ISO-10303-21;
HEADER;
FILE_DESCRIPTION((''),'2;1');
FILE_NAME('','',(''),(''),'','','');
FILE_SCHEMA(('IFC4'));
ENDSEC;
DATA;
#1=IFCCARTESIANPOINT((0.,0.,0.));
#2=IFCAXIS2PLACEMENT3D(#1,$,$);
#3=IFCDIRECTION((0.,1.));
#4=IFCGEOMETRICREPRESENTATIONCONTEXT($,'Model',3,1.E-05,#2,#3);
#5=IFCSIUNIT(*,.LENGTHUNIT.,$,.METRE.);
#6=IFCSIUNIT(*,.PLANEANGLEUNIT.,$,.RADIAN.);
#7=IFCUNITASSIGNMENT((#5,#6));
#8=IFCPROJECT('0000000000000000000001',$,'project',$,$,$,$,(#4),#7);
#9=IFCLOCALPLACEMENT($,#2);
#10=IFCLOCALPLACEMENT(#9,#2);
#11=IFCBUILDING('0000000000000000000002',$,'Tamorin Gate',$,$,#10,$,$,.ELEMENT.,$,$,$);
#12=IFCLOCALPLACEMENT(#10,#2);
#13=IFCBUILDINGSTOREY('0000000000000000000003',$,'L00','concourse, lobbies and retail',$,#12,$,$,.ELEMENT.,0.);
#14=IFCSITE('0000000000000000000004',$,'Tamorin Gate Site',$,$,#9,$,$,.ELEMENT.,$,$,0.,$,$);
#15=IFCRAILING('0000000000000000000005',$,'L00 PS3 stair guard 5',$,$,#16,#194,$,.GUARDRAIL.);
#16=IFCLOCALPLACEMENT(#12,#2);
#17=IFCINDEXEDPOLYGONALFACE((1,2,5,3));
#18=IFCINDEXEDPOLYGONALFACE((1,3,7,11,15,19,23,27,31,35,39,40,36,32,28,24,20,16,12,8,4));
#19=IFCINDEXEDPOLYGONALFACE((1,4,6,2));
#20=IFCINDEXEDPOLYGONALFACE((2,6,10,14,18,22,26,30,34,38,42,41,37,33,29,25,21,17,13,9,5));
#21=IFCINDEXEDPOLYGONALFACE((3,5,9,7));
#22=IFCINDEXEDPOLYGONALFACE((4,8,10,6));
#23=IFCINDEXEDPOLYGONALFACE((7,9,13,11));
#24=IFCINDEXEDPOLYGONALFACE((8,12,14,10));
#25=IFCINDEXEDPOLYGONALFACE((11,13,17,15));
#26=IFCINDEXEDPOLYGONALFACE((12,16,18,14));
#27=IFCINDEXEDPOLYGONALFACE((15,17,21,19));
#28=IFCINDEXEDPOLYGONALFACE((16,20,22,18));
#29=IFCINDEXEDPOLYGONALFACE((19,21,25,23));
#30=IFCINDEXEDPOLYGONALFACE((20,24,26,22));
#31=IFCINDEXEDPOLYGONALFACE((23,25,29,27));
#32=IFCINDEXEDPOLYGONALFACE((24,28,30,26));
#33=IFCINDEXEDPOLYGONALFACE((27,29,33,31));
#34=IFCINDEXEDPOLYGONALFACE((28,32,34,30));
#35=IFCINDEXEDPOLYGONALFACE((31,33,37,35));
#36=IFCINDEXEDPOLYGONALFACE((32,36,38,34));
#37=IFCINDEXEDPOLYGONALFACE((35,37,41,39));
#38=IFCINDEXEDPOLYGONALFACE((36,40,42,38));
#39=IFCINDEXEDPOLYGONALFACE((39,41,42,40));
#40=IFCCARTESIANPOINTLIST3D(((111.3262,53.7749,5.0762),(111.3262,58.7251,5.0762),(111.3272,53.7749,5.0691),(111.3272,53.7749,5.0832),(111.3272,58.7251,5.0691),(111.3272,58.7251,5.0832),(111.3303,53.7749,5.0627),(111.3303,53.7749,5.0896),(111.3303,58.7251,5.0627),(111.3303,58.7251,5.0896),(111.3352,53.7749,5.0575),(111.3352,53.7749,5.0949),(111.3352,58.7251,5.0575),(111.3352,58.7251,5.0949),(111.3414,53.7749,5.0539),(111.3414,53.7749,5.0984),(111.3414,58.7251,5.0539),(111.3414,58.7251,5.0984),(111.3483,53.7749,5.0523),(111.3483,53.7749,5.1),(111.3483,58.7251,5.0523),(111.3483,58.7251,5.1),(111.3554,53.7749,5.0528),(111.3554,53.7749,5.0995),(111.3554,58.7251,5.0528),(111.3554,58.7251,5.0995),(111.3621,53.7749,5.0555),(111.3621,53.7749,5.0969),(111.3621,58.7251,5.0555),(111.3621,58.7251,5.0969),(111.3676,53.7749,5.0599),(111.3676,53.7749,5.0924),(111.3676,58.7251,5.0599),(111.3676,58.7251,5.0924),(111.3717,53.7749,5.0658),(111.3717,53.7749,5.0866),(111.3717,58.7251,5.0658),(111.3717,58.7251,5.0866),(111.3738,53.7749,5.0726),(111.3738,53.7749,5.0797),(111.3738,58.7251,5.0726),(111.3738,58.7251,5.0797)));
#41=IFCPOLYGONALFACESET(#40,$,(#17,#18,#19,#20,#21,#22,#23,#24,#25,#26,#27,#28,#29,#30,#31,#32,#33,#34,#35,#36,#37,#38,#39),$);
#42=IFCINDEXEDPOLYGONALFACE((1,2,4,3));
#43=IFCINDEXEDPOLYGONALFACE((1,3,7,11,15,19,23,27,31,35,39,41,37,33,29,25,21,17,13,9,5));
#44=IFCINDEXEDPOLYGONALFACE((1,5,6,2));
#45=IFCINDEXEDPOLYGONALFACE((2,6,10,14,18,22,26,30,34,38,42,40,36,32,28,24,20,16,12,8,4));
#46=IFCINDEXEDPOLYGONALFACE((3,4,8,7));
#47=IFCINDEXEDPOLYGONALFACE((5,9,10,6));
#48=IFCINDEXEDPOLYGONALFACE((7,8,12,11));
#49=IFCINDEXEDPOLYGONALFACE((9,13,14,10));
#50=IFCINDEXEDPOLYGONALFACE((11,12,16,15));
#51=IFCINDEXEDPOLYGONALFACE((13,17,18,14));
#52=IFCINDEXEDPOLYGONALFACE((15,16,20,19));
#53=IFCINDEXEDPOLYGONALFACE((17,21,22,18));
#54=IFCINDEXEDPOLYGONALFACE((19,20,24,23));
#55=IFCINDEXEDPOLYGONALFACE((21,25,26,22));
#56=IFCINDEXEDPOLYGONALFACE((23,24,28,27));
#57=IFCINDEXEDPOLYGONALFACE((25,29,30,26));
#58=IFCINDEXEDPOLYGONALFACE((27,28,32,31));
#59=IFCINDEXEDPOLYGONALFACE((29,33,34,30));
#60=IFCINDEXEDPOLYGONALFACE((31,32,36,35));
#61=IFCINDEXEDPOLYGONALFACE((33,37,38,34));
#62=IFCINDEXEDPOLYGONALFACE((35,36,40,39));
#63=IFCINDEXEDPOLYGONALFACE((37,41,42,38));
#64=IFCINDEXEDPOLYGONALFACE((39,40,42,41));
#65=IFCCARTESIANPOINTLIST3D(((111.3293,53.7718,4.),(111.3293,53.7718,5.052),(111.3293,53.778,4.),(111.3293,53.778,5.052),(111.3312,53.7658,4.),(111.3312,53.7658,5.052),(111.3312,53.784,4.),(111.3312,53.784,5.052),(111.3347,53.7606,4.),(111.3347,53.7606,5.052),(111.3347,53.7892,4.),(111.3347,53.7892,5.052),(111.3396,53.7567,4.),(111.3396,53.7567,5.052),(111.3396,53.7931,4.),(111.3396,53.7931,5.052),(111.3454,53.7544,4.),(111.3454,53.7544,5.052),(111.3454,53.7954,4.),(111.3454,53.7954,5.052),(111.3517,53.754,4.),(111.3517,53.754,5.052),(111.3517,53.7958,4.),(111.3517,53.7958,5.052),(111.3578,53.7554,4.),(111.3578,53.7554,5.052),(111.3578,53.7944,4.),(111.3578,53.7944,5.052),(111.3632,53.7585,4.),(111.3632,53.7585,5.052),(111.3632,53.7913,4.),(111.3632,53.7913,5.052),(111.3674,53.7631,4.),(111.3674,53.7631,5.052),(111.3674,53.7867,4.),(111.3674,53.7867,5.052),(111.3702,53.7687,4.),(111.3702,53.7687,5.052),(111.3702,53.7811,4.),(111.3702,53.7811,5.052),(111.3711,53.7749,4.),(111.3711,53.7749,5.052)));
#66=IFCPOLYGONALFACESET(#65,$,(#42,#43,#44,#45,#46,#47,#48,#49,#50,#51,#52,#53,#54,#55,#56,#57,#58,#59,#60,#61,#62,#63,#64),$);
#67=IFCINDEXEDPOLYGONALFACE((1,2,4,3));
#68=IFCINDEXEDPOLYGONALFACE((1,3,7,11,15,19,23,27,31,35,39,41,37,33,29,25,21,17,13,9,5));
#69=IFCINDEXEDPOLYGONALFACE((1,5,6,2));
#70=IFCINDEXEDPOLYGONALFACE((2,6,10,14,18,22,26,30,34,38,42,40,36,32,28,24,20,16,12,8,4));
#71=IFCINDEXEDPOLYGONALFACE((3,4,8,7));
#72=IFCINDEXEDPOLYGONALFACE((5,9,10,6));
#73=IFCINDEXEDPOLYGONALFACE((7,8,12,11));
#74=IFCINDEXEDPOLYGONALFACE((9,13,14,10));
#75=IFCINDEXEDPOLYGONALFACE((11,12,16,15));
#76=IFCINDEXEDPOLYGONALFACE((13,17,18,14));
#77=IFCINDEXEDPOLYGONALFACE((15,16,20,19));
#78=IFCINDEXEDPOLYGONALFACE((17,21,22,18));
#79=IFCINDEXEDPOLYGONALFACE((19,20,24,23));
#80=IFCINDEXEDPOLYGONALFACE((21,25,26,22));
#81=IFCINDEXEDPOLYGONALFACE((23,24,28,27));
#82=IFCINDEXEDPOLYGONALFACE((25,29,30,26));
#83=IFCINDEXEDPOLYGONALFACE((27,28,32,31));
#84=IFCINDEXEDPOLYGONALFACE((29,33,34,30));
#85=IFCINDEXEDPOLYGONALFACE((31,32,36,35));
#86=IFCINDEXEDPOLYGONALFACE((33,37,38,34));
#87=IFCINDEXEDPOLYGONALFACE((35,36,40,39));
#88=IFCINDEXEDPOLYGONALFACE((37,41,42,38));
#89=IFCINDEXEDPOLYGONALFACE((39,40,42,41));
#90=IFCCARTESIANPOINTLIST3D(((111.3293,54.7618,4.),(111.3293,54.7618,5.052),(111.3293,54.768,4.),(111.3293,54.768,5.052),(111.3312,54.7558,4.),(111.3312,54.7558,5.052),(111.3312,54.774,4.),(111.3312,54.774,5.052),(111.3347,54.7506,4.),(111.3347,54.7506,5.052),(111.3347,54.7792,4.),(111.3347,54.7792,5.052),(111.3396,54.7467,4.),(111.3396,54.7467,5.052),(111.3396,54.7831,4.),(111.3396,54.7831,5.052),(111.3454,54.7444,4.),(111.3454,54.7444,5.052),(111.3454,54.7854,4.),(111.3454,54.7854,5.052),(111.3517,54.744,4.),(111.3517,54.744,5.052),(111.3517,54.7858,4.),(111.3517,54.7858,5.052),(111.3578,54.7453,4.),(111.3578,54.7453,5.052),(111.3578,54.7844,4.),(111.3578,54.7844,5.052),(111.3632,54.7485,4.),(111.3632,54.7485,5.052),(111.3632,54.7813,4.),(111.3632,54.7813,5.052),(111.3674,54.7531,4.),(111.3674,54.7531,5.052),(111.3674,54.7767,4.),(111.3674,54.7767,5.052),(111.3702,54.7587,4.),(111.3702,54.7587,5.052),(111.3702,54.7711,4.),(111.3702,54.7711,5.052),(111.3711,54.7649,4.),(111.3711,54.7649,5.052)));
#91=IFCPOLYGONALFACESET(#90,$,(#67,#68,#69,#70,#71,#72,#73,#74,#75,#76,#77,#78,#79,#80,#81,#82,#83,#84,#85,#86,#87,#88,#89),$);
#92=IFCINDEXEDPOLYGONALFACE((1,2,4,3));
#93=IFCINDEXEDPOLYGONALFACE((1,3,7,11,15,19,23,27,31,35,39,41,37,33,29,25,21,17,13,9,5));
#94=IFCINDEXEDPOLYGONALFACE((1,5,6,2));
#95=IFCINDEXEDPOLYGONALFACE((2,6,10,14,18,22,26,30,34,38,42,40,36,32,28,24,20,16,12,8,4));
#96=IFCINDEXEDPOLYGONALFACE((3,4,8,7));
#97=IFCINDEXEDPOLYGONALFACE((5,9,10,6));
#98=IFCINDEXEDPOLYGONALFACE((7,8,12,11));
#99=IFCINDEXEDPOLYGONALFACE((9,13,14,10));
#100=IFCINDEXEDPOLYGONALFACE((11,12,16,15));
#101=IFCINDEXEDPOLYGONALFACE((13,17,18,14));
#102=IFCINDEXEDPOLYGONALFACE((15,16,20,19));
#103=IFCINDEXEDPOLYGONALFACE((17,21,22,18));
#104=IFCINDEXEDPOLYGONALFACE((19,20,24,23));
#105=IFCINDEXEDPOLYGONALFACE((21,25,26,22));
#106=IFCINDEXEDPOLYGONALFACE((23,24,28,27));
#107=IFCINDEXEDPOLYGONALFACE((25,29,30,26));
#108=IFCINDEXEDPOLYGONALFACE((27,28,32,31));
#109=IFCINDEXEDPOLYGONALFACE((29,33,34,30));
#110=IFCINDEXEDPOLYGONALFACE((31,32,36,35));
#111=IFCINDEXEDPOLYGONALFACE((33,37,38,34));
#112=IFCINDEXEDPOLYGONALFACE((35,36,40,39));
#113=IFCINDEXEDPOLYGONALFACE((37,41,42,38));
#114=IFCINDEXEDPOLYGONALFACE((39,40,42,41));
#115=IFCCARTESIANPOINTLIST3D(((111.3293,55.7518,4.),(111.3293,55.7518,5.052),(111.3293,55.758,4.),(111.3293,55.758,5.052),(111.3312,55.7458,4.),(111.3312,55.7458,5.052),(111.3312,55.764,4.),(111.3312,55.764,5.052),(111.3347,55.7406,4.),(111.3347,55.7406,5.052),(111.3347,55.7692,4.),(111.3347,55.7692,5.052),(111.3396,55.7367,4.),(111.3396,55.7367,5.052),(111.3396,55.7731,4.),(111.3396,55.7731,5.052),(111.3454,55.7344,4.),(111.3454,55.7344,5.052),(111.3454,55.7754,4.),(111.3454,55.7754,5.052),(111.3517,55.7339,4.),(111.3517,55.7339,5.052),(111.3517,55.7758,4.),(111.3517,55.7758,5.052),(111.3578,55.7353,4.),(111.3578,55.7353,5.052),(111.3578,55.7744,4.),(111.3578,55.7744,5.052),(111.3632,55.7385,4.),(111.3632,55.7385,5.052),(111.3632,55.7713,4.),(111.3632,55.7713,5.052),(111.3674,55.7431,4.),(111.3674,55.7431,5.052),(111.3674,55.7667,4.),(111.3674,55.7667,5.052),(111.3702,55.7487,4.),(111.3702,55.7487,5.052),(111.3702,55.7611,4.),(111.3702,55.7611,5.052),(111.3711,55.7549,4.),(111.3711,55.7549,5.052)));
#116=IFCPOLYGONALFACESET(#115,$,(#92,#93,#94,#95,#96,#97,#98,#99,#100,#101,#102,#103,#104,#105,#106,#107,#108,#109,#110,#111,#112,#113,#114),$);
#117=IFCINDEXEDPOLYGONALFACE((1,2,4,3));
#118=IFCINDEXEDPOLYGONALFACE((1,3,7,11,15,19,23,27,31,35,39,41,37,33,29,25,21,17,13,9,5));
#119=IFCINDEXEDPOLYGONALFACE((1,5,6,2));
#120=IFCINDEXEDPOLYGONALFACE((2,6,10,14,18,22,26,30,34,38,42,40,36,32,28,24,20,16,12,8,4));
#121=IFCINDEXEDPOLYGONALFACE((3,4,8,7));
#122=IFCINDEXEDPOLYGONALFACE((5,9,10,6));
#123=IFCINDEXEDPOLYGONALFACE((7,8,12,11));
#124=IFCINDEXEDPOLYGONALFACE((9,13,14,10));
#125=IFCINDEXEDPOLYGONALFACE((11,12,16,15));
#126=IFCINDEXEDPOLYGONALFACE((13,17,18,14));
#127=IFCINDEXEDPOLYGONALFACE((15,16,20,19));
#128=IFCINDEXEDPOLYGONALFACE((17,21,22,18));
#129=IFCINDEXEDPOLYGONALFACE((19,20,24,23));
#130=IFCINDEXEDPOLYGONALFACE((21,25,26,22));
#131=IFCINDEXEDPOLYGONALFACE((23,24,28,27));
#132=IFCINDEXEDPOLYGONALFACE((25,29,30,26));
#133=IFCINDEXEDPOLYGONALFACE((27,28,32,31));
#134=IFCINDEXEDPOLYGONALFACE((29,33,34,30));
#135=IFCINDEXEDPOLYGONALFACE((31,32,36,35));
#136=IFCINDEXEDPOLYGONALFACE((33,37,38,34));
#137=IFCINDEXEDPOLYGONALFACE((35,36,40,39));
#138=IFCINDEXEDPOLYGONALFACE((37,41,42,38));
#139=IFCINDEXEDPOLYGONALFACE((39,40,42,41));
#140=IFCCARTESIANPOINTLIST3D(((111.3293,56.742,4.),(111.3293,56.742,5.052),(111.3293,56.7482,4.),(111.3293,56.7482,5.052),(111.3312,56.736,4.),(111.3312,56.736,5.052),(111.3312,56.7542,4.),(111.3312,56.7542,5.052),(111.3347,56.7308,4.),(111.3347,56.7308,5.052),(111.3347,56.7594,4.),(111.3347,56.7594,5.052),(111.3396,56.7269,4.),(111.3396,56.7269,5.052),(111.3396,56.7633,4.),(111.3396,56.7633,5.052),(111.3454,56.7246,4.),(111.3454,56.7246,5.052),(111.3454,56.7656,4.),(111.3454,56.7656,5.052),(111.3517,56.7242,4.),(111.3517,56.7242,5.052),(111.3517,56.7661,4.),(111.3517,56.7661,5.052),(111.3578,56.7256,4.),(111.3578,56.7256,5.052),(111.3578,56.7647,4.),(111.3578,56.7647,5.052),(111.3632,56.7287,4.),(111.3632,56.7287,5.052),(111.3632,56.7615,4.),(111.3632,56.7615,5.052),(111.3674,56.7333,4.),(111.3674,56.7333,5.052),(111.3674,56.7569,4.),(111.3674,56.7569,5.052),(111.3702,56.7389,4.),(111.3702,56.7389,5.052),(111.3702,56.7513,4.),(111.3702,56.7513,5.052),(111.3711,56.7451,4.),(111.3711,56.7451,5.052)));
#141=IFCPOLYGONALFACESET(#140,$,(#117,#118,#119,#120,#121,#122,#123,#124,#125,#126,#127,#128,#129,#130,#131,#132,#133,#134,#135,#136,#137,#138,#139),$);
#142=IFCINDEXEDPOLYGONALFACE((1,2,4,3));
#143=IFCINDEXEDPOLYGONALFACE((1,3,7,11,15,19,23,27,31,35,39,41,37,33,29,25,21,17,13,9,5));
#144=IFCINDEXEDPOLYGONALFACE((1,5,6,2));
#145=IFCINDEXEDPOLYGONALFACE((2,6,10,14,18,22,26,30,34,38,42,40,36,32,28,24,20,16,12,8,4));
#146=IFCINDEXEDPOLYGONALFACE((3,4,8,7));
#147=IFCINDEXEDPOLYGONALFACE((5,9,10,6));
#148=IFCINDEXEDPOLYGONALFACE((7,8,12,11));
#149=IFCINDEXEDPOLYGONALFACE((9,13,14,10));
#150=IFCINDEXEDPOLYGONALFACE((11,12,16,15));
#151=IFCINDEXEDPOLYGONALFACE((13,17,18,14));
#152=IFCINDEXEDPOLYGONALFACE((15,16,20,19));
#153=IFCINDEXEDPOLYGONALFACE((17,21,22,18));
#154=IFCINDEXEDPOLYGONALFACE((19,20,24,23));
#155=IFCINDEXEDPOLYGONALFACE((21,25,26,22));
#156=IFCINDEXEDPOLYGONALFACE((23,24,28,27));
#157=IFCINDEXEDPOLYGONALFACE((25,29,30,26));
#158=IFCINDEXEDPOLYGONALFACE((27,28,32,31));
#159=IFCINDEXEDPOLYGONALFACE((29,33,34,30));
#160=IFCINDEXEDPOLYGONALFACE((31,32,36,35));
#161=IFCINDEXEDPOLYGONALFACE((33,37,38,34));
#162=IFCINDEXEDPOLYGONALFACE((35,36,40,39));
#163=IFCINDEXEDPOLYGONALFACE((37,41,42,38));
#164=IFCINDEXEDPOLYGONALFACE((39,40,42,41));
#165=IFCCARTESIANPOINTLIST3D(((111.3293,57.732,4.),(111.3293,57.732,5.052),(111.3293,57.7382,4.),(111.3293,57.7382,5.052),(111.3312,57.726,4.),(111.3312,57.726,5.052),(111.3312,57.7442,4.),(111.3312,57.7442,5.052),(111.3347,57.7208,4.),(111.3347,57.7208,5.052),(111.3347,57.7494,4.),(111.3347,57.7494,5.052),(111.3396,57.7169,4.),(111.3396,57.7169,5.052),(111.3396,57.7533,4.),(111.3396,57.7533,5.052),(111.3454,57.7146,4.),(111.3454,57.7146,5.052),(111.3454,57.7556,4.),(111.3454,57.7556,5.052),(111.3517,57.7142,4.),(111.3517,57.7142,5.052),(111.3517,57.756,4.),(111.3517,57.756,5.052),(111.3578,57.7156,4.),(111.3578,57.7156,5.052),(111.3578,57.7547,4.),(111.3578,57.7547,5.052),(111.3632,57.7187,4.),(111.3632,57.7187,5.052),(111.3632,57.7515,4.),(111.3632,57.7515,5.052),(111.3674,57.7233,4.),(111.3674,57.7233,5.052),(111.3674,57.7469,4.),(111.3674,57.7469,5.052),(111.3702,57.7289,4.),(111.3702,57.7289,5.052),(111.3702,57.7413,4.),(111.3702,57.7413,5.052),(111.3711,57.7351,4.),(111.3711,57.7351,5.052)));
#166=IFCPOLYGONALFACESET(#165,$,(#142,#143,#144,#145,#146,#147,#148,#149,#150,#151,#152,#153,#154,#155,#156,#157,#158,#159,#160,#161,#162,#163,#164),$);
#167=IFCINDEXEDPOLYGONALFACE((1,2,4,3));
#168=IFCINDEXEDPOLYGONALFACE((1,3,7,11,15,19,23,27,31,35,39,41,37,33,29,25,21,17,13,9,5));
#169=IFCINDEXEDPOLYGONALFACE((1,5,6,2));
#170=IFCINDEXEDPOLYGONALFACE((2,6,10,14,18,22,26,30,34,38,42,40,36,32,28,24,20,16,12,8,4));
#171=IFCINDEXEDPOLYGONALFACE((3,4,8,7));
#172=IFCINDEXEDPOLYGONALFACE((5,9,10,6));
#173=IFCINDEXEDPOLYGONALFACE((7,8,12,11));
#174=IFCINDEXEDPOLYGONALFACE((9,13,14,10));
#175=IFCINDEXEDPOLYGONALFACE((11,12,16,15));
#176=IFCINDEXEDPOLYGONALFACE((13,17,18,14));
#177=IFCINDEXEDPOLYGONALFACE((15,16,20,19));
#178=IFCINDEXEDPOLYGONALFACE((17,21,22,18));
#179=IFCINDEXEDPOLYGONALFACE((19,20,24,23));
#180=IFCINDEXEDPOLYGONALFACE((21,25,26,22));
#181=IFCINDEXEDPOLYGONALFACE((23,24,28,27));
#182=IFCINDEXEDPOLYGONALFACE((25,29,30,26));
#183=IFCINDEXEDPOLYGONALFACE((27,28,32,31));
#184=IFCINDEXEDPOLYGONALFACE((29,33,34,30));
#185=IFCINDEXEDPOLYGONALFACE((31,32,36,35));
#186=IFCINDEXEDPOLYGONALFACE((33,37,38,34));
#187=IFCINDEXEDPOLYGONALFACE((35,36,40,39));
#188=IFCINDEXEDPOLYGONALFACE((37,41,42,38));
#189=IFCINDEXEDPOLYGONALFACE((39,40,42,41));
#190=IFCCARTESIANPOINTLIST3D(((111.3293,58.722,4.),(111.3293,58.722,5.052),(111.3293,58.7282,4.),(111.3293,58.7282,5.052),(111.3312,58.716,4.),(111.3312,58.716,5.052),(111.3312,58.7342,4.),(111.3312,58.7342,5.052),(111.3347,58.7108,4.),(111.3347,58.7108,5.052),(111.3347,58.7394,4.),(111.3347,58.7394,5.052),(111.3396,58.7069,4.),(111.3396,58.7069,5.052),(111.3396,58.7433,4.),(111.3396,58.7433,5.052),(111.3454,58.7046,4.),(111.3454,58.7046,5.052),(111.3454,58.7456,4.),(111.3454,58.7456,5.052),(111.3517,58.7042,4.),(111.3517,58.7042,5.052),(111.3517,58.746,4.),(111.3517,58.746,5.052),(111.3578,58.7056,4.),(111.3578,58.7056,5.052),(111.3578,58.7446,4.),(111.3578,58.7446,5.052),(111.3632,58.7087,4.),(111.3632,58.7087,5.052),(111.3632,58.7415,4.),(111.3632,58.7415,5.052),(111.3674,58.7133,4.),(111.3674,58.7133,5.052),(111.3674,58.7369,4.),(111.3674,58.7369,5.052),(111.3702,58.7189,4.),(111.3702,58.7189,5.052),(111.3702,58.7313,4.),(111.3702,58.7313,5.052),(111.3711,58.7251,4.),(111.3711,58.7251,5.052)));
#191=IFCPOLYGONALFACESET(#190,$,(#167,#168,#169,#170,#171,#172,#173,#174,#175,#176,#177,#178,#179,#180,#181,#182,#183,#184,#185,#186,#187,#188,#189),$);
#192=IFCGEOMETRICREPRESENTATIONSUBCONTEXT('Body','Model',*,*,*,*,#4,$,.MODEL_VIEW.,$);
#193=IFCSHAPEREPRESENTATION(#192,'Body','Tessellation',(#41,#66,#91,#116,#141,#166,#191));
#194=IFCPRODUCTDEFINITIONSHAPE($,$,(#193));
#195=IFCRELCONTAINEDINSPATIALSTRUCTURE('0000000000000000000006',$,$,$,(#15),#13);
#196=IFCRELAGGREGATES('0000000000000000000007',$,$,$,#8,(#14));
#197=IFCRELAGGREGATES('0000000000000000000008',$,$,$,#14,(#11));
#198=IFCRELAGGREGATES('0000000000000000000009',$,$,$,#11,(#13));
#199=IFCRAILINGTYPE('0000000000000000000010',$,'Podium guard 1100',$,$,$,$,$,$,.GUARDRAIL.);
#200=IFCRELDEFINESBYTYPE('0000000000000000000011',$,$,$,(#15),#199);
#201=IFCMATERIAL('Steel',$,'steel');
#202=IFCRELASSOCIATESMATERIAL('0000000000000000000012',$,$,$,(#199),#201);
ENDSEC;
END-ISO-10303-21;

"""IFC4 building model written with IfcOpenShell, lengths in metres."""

from ifc_helpers import new_model, si_unit, direction, frame, origin, origin_2d, place, context, subcontext, project, spatial, circle, extrude, material, type_object, element, save


model = new_model("IFC4")

# Units and contexts
model_context = context("Model", 3, precision=1e-05, world=origin(), true_north=direction((0.0, 1.0)))
body_context = subcontext(model_context, "Body", "Model", "MODEL_VIEW")
ifc_project = project(units=[si_unit("LENGTHUNIT", "METRE"), si_unit("PLANEANGLEUNIT", "RADIAN")], contexts=[model_context])

# Site, building, storey
site_placement = place(None, origin())
site = spatial("IfcSite", under=ifc_project, at=site_placement, Name="Tamorin Gate Site", CompositionType="ELEMENT", RefElevation=0.0)
building_placement = place(site_placement, origin())
building = spatial("IfcBuilding", under=site, at=building_placement, Name="Tamorin Gate", CompositionType="ELEMENT")
storey_placement = place(building_placement, origin())
storey = spatial("IfcBuildingStorey", under=building, at=storey_placement, Name="L00", Description="concourse, lobbies and retail", CompositionType="ELEMENT", Elevation=0.0)

# Railing
ifc_material_1 = material(Name="Steel", Category="steel")
railing_type = type_object("IfcRailingType", Name="Podium guard 1100", PredefinedType="GUARDRAIL", material=ifc_material_1)
railing_placement = place(storey_placement, frame((111.3501, 53.7749, 4.0)))
element("IfcRailing", 1, at=railing_placement, inside=storey, type_object=railing_type, Name="L00 PS3 stair guard 5", PredefinedType="GUARDRAIL", context=body_context, shape_type="SweptSolid", body=[
    extrude(circle(Radius=0.0239, at=origin_2d()), frame((0.0, 0.0, 1.0762), z_axis=(0.0, 1.0, 0.0), x_axis=(-1.0, 0.0, 0.0)), (0.0, 0.0, 1.0), 4.9502),
    extrude(circle(Radius=0.021, at=origin_2d()), origin(), (0.0, 0.0, 1.0), 1.052),
    extrude(circle(Radius=0.021, at=origin_2d()), frame((0.0, 0.99, 0.0)), (0.0, 0.0, 1.0), 1.052),
    extrude(circle(Radius=0.021, at=origin_2d()), frame((0.0, 1.98, 0.0)), (0.0, 0.0, 1.0), 1.052),
    extrude(circle(Radius=0.021, at=origin_2d()), frame((0.0, 2.9702, 0.0)), (0.0, 0.0, 1.0), 1.052),
    extrude(circle(Radius=0.021, at=origin_2d()), frame((0.0, 3.9602, 0.0)), (0.0, 0.0, 1.0), 1.052),
    extrude(circle(Radius=0.021, at=origin_2d()), frame((0.0, 4.9502, 0.0)), (0.0, 0.0, 1.0), 1.052),
])

save(model, "model.ifc")
